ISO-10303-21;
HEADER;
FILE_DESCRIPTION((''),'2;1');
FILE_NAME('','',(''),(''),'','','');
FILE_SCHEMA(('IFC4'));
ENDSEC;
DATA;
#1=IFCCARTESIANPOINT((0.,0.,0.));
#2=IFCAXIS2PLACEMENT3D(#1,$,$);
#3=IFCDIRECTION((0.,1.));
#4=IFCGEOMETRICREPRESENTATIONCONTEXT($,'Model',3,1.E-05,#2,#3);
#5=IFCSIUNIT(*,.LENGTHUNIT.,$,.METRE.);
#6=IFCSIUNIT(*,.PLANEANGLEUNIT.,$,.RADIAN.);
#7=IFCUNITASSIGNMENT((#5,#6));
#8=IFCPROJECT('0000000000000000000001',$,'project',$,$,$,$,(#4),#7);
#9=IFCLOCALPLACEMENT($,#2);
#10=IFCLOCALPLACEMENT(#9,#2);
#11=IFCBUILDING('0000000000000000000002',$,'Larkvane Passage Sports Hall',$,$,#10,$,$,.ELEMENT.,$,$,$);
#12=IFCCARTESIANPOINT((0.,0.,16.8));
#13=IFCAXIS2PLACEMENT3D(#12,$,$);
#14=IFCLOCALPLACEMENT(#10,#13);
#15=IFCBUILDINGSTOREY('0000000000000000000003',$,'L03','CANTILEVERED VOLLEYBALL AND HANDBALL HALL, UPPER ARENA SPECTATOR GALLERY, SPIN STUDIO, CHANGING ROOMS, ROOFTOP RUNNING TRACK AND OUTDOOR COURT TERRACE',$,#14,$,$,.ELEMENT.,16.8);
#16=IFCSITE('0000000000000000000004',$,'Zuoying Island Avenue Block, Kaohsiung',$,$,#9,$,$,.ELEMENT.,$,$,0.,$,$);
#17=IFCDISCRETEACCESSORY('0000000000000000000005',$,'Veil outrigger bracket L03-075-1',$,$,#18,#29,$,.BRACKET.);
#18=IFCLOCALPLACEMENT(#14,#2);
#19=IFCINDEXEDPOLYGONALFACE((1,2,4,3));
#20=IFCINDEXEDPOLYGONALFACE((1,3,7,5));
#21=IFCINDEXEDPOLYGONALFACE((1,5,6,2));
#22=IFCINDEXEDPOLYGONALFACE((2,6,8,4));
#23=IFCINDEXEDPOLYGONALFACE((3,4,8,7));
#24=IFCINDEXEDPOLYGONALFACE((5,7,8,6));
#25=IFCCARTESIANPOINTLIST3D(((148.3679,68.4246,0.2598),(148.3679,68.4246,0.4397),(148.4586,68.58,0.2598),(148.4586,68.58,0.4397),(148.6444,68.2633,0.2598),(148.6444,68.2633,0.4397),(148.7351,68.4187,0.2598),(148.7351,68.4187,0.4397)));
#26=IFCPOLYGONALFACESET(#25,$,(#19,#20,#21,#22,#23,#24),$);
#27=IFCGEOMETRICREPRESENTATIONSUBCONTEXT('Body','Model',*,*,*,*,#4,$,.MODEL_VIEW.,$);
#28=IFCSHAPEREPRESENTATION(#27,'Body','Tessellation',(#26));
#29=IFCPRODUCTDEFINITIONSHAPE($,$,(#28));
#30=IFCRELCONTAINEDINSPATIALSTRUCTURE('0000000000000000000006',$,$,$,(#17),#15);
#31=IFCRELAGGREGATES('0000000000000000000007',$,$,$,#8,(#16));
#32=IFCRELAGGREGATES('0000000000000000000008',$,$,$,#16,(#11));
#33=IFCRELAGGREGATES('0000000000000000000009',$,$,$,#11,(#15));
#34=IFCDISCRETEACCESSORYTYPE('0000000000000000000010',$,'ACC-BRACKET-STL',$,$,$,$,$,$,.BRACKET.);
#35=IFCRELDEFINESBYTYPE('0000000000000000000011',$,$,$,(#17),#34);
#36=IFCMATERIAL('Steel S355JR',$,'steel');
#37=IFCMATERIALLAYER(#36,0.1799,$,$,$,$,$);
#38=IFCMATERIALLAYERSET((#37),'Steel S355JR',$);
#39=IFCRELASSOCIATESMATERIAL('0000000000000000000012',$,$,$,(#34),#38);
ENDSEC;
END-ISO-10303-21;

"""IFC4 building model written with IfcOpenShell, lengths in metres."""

from ifc_helpers import new_model, si_unit, direction, frame, origin, origin_2d, place, context, subcontext, project, spatial, rectangle, extrude, material, layer, layer_set, type_object, element, save


model = new_model("IFC4")

# Units and contexts
model_context = context("Model", 3, precision=1e-05, world=origin(), true_north=direction((0.0, 1.0)))
body_context = subcontext(model_context, "Body", "Model", "MODEL_VIEW")
ifc_project = project(units=[si_unit("LENGTHUNIT", "METRE"), si_unit("PLANEANGLEUNIT", "RADIAN")], contexts=[model_context])

# Site, building, storey
site_placement = place(None, origin())
site = spatial("IfcSite", under=ifc_project, at=site_placement, Name="Zuoying Island Avenue Block, Kaohsiung", CompositionType="ELEMENT", RefElevation=0.0)
building_placement = place(site_placement, origin())
building = spatial("IfcBuilding", under=site, at=building_placement, Name="Larkvane Passage Sports Hall", CompositionType="ELEMENT")
storey_placement = place(building_placement, frame((0.0, 0.0, 16.8)))
storey = spatial("IfcBuildingStorey", under=building, at=storey_placement, Name="L03", Description="CANTILEVERED VOLLEYBALL AND HANDBALL HALL, UPPER ARENA SPECTATOR GALLERY, SPIN STUDIO, CHANGING ROOMS, ROOFTOP RUNNING TRACK AND OUTDOOR COURT TERRACE", CompositionType="ELEMENT", Elevation=16.8)

# Shared definitions
ifc_material_1 = material(Name="Steel S355JR", Category="steel")

# Discrete accessory
ifc_layer_1 = layer(ifc_material_1, 0.1799)
ifc_layer_set_1 = layer_set([ifc_layer_1], Name="Steel S355JR")
discrete_accessory_type = type_object("IfcDiscreteAccessoryType", Name="ACC-BRACKET-STL", PredefinedType="BRACKET", material=ifc_layer_set_1)
discrete_accessory_placement = place(storey_placement, frame((148.5515, 68.4216, 0.2598), z_axis=(0.0, 0.0, 1.0), x_axis=(-0.503871, -0.863779, 0.0)))
element("IfcDiscreteAccessory", 1, at=discrete_accessory_placement, inside=storey, type_object=discrete_accessory_type, Name="Veil outrigger bracket L03-075-1", PredefinedType="BRACKET", context=body_context, shape_type="SweptSolid", body=[
    extrude(rectangle(XDim=0.1799, YDim=0.3201, at=origin_2d()), origin(), (0.0, 0.0, 1.0), 0.1799),
])

save(model, "model.ifc")
